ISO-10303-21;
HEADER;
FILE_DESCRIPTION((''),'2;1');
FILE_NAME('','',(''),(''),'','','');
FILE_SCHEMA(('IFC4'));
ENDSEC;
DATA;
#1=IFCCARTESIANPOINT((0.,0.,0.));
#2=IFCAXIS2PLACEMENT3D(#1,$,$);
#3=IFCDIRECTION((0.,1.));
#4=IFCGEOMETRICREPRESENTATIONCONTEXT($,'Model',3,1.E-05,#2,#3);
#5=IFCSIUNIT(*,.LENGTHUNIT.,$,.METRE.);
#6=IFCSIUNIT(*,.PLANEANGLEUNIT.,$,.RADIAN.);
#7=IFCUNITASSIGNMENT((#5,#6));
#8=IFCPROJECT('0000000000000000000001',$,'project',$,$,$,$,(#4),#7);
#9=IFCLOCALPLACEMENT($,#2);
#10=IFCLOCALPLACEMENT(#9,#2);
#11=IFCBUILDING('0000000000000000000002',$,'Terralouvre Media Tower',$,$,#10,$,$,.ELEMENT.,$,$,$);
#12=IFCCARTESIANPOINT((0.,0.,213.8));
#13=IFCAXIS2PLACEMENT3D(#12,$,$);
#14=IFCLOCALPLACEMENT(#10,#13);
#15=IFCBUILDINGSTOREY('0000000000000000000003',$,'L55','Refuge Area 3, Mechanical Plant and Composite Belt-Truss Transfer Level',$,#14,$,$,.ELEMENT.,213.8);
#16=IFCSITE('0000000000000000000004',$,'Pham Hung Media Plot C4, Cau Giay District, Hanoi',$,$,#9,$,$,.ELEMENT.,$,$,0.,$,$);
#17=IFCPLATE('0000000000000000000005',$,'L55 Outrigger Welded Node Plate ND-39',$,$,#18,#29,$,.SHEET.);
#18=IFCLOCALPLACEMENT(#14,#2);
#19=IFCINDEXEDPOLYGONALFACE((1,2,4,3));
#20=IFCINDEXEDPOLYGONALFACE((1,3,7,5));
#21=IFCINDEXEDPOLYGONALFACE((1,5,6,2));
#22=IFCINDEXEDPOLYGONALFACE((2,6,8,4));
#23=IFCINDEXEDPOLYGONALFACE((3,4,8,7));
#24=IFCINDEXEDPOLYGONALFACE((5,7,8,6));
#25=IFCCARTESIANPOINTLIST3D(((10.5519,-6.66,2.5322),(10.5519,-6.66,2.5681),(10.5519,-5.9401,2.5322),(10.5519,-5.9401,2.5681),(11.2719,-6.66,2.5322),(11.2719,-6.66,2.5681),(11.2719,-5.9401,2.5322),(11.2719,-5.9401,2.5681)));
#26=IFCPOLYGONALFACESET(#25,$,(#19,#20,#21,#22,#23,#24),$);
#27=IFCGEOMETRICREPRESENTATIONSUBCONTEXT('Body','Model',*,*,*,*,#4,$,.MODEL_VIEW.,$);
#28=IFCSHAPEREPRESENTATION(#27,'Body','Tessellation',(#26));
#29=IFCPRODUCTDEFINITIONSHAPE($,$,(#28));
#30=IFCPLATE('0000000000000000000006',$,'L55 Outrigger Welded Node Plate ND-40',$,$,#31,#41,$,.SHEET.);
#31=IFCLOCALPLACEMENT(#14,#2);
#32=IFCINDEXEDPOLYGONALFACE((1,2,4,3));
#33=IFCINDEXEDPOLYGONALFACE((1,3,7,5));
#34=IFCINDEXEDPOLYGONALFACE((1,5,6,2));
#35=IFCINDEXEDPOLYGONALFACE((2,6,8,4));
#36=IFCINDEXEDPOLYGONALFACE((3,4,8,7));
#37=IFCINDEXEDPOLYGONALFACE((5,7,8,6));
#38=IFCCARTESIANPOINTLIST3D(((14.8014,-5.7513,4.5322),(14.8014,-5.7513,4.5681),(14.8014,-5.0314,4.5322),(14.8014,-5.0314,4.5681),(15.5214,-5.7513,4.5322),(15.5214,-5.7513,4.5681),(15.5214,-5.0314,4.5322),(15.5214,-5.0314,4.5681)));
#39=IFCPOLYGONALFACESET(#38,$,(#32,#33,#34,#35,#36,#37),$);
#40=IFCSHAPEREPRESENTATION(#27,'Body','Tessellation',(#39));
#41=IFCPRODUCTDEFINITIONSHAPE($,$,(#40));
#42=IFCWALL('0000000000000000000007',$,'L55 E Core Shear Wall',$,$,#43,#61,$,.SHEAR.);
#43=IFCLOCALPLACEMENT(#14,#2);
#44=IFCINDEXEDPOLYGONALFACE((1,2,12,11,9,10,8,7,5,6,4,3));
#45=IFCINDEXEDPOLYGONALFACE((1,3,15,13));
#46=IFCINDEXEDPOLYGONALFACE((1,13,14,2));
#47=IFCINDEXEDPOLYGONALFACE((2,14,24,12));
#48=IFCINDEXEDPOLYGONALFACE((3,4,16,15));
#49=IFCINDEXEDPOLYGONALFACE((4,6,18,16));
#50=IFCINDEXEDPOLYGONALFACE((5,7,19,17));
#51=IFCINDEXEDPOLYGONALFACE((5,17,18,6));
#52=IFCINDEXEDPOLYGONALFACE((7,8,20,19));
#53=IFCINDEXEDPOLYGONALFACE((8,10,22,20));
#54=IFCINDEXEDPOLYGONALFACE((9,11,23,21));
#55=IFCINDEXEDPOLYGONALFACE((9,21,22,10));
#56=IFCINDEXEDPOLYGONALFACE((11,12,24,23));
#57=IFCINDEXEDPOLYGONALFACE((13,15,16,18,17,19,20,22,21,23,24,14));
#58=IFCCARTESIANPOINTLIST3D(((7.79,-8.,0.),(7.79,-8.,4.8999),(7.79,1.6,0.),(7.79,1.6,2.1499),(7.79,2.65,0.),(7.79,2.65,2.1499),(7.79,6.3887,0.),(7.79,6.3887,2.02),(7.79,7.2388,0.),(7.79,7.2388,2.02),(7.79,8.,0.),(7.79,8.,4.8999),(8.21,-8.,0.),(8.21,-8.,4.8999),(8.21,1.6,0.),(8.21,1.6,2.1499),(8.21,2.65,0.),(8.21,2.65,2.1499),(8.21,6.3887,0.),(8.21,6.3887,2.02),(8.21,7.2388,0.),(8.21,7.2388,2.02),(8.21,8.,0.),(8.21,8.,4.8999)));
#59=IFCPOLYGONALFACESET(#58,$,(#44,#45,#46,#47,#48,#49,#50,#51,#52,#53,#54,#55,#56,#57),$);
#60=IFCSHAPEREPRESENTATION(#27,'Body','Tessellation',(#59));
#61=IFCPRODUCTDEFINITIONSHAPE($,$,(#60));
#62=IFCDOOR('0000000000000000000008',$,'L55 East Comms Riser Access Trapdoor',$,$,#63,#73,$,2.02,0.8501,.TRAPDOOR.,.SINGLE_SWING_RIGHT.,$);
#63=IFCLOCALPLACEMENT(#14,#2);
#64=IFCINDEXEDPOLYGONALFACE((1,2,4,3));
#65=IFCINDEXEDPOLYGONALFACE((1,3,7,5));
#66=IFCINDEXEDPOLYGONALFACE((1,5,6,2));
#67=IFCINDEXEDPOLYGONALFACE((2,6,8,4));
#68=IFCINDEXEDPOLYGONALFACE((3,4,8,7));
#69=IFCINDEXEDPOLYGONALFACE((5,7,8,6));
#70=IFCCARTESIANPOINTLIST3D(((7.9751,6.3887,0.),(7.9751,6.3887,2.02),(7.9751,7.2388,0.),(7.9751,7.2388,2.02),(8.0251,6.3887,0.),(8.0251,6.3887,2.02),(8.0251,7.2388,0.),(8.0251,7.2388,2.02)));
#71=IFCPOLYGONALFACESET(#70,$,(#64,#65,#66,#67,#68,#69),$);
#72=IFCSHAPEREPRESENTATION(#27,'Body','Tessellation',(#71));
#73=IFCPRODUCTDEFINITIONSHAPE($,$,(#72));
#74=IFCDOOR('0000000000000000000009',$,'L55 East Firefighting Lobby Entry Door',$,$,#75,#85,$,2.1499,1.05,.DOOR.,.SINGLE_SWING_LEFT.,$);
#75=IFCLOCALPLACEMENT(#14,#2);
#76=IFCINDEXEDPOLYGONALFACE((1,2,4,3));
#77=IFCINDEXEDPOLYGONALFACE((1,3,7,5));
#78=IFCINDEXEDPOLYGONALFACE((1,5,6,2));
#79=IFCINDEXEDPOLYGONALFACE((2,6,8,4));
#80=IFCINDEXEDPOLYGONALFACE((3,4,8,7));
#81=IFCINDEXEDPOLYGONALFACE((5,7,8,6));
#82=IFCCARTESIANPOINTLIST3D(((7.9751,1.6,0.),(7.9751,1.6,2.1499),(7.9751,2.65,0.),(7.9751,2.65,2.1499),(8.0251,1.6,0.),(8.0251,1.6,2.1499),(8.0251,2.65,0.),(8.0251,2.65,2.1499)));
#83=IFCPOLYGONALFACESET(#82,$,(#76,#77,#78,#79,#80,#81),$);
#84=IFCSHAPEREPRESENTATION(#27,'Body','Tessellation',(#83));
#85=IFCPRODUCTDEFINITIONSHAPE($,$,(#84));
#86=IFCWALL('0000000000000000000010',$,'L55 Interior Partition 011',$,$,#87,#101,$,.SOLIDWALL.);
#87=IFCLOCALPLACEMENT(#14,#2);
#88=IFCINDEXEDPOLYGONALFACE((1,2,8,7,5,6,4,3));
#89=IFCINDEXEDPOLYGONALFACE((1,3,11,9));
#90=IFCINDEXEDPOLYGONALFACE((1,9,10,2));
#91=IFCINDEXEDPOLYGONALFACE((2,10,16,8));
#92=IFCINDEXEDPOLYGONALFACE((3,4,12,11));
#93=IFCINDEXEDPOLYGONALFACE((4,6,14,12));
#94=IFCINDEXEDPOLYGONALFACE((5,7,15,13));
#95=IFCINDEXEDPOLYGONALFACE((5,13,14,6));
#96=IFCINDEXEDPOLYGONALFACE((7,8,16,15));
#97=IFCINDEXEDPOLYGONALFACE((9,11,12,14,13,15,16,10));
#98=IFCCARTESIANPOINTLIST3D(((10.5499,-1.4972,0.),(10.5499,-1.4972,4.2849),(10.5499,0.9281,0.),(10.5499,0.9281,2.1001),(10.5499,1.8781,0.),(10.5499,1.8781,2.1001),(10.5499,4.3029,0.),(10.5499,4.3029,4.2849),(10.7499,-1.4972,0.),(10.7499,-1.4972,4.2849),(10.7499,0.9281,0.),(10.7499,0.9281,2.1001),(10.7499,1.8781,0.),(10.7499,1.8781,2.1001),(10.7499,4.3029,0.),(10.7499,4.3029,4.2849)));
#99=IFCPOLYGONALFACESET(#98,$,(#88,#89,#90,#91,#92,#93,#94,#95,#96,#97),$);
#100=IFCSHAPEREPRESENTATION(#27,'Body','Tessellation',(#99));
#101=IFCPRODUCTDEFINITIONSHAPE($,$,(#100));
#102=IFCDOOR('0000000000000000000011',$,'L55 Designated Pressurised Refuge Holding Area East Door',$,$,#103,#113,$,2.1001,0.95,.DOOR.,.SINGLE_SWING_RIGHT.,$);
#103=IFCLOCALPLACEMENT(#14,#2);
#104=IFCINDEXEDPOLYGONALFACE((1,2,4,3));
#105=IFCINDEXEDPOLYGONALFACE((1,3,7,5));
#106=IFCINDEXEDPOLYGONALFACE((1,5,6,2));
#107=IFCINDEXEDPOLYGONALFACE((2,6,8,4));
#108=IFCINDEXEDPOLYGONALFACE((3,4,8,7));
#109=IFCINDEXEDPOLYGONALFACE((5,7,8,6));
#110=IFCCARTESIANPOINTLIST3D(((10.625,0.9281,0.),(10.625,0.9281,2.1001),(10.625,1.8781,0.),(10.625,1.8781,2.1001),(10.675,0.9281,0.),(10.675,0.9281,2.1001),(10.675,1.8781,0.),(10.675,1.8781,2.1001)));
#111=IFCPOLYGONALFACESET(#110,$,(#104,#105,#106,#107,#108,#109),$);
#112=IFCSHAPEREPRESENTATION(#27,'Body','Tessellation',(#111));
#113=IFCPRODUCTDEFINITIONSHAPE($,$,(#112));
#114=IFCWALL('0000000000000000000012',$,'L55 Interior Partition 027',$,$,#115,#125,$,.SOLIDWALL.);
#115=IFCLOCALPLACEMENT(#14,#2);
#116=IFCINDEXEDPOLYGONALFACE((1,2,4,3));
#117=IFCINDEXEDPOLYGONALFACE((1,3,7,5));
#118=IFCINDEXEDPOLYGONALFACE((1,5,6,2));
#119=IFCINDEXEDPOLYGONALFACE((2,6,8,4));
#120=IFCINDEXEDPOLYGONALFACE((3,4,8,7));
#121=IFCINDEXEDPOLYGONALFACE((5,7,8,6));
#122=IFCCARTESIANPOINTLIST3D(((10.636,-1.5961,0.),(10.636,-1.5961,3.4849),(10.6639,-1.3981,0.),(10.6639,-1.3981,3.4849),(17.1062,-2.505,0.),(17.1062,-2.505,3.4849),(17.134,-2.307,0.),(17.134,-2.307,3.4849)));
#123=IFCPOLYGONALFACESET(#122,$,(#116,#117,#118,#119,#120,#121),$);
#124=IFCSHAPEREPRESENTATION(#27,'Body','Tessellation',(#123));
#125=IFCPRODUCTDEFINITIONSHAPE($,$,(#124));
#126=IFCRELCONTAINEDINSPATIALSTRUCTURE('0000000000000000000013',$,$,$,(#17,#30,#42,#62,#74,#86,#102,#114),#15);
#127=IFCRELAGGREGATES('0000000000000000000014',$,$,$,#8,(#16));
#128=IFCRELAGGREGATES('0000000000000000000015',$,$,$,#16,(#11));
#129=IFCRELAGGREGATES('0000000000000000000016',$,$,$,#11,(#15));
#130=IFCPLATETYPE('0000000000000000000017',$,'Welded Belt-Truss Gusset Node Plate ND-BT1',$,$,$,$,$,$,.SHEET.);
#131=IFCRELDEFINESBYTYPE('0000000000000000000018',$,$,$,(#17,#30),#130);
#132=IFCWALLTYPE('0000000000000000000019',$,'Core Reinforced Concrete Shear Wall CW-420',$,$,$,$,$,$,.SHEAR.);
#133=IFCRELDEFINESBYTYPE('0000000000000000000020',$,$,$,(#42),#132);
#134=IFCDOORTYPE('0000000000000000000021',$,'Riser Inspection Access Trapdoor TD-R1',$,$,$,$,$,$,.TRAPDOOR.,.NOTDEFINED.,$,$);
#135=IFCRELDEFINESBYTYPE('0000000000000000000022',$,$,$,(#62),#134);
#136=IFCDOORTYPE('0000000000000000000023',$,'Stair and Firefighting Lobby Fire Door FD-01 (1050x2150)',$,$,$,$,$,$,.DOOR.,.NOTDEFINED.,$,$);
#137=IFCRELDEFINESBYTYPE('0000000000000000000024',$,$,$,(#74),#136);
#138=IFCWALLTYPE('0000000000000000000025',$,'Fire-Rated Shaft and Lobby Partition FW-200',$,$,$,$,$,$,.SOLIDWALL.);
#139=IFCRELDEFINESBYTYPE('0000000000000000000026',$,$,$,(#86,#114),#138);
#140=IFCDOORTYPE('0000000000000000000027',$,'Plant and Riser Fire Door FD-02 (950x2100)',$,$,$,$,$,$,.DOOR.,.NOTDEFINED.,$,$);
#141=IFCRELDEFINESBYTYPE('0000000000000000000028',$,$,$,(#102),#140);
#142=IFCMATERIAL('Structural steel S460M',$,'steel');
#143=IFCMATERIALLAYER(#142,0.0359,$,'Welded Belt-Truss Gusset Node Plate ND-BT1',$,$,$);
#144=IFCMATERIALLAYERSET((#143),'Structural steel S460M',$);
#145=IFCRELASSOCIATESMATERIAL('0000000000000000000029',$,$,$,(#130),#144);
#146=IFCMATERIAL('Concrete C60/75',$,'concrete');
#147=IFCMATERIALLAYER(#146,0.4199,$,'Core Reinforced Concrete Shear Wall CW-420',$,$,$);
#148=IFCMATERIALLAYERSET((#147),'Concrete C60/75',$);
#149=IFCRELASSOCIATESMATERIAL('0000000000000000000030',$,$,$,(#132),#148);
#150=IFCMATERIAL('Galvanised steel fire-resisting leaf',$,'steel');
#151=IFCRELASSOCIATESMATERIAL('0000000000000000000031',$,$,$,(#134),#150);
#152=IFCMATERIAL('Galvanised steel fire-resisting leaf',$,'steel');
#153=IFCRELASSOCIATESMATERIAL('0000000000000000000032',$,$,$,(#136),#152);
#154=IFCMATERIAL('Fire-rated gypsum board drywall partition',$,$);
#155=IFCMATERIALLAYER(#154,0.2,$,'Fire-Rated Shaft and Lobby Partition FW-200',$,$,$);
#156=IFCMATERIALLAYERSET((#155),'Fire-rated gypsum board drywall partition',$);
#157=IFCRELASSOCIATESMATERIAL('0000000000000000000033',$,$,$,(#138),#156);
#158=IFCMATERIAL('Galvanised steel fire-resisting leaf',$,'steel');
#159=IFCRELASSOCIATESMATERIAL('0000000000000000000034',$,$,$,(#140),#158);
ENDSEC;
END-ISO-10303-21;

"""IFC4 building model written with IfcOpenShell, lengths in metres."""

from ifc_helpers import new_model, si_unit, direction, frame, frame_2d, origin, origin_2d, place, context, subcontext, project, spatial, rectangle, extrude, material, layer, layer_set, type_object, element, fill, save


model = new_model("IFC4")

# Units and contexts
model_context = context("Model", 3, precision=1e-05, world=origin(), true_north=direction((0.0, 1.0)))
body_context = subcontext(model_context, "Body", "Model", "MODEL_VIEW")
ifc_project = project(units=[si_unit("LENGTHUNIT", "METRE"), si_unit("PLANEANGLEUNIT", "RADIAN")], contexts=[model_context])

# Site, building, storey
site_placement = place(None, origin())
site = spatial("IfcSite", under=ifc_project, at=site_placement, Name="Pham Hung Media Plot C4, Cau Giay District, Hanoi", CompositionType="ELEMENT", RefElevation=0.0)
building_placement = place(site_placement, origin())
building = spatial("IfcBuilding", under=site, at=building_placement, Name="Terralouvre Media Tower", CompositionType="ELEMENT")
storey_placement = place(building_placement, frame((0.0, 0.0, 213.8)))
storey = spatial("IfcBuildingStorey", under=building, at=storey_placement, Name="L55", Description="Refuge Area 3, Mechanical Plant and Composite Belt-Truss Transfer Level", CompositionType="ELEMENT", Elevation=213.8)

# Plates
ifc_material_1 = material(Name="Structural steel S460M", Category="steel")
ifc_layer_1 = layer(ifc_material_1, 0.0359, Name="Welded Belt-Truss Gusset Node Plate ND-BT1")
ifc_layer_set_1 = layer_set([ifc_layer_1], Name="Structural steel S460M")
plate_type = type_object("IfcPlateType", Name="Welded Belt-Truss Gusset Node Plate ND-BT1", PredefinedType="SHEET", material=ifc_layer_set_1)
for number, where, z_axis, x_axis, name in (
    (1, (10.9119, -6.3, 2.5322), (0.0, 0.0, 1.0), (1.0, 0.0, 0.0), "L55 Outrigger Welded Node Plate ND-39"),
    (2, (15.1614, -5.3914, 4.5322), (0.0, 0.0, 1.0), (1.0, 0.0, 0.0), "L55 Outrigger Welded Node Plate ND-40"),
):
    element("IfcPlate", number, at=place(storey_placement, frame(where, z_axis=z_axis, x_axis=x_axis)), inside=storey, type_object=plate_type, Name=name, PredefinedType="SHEET", context=body_context, shape_type="SweptSolid", body=[
        extrude(rectangle(XDim=0.72, YDim=0.72, at=origin_2d()), origin(), (0.0, 0.0, 1.0), 0.0359),
    ])

# Wall, openings, doors
ifc_material_2 = material(Name="Concrete C60/75", Category="concrete")
ifc_layer_2 = layer(ifc_material_2, 0.4199, Name="Core Reinforced Concrete Shear Wall CW-420")
ifc_layer_set_2 = layer_set([ifc_layer_2], Name="Concrete C60/75")
wall_type_1 = type_object("IfcWallType", Name="Core Reinforced Concrete Shear Wall CW-420", PredefinedType="SHEAR", material=ifc_layer_set_2)
wall_1_placement = place(storey_placement, frame((8.0, -8.0, 0.0), z_axis=(0.0, 0.0, 1.0), x_axis=(0.0, 1.0, 0.0)))
wall_1 = element("IfcWall", 3, at=wall_1_placement, inside=storey, type_object=wall_type_1, Name="L55 E Core Shear Wall", PredefinedType="SHEAR", context=body_context, shape_type="SweptSolid", body=[
    extrude(rectangle(XDim=16.0, YDim=0.4199, at=frame_2d((8.0, 0.0))), origin(), (0.0, 0.0, 1.0), 4.8999),
])
opening_1_placement = place(wall_1_placement, frame((9.6001, 0.0, 0.0)))
opening_1 = element("IfcOpeningElement", 4, at=opening_1_placement, cuts=wall_1, PredefinedType="OPENING", context=body_context, shape_type="SweptSolid", body=[
    extrude(rectangle(XDim=1.05, YDim=2.1499, at=frame_2d((0.5249, 1.075))), frame((0.0, 0.22, 0.0), z_axis=(0.0, -1.0, 0.0), x_axis=(1.0, 0.0, 0.0)), (0.0, 0.0, 1.0), 0.4399),
])
opening_2_placement = place(wall_1_placement, frame((14.3887, 0.0, 0.0)))
opening_2 = element("IfcOpeningElement", 5, at=opening_2_placement, cuts=wall_1, PredefinedType="OPENING", context=body_context, shape_type="SweptSolid", body=[
    extrude(rectangle(XDim=0.8501, YDim=2.02, at=frame_2d((0.425, 1.01))), frame((0.0, 0.22, 0.0), z_axis=(0.0, -1.0, 0.0), x_axis=(1.0, 0.0, 0.0)), (0.0, 0.0, 1.0), 0.4399),
])
ifc_material_3 = material(Name="Galvanised steel fire-resisting leaf", Category="steel")
door_type_1 = type_object("IfcDoorType", Name="Riser Inspection Access Trapdoor TD-R1", OperationType="NOTDEFINED", PredefinedType="TRAPDOOR", material=ifc_material_3)
door_1_placement = place(opening_2_placement, origin())
door_1 = element("IfcDoor", 6, at=door_1_placement, inside=storey, type_object=door_type_1, Name="L55 East Comms Riser Access Trapdoor", OperationType="SINGLE_SWING_RIGHT", OverallHeight=2.02, OverallWidth=0.8501, PredefinedType="TRAPDOOR", context=body_context, shape_type="SweptSolid", body=[
    extrude(rectangle(XDim=0.8501, YDim=2.02, at=frame_2d((0.425, 1.01))), frame((0.0, 0.0249, 0.0), z_axis=(0.0, -1.0, 0.0), x_axis=(1.0, 0.0, 0.0)), (0.0, 0.0, 1.0), 0.05),
])
fill(opening_2, door_1)
ifc_material_4 = material(Name="Galvanised steel fire-resisting leaf", Category="steel")
door_type_2 = type_object("IfcDoorType", Name="Stair and Firefighting Lobby Fire Door FD-01 (1050x2150)", OperationType="NOTDEFINED", PredefinedType="DOOR", material=ifc_material_4)
door_2_placement = place(opening_1_placement, origin())
door_2 = element("IfcDoor", 7, at=door_2_placement, inside=storey, type_object=door_type_2, Name="L55 East Firefighting Lobby Entry Door", OperationType="SINGLE_SWING_LEFT", OverallHeight=2.1499, OverallWidth=1.05, PredefinedType="DOOR", context=body_context, shape_type="SweptSolid", body=[
    extrude(rectangle(XDim=1.05, YDim=2.1499, at=frame_2d((0.5249, 1.075))), frame((0.0, 0.0249, 0.0), z_axis=(0.0, -1.0, 0.0), x_axis=(1.0, 0.0, 0.0)), (0.0, 0.0, 1.0), 0.05),
])
fill(opening_1, door_2)

# Wall, opening, door
ifc_material_5 = material(Name="Fire-rated gypsum board drywall partition")
ifc_layer_3 = layer(ifc_material_5, 0.2, Name="Fire-Rated Shaft and Lobby Partition FW-200")
ifc_layer_set_3 = layer_set([ifc_layer_3], Name="Fire-rated gypsum board drywall partition")
wall_type_2 = type_object("IfcWallType", Name="Fire-Rated Shaft and Lobby Partition FW-200", PredefinedType="SOLIDWALL", material=ifc_layer_set_3)
wall_2_placement = place(storey_placement, frame((10.6499, -1.4971, 0.0), z_axis=(0.0, 0.0, 1.0), x_axis=(0.0, 1.0, 0.0)))
wall_2 = element("IfcWall", 8, at=wall_2_placement, inside=storey, type_object=wall_type_2, Name="L55 Interior Partition 011", PredefinedType="SOLIDWALL", context=body_context, shape_type="SweptSolid", body=[
    extrude(rectangle(XDim=5.8, YDim=0.2, at=frame_2d((2.8999, 0.0))), origin(), (0.0, 0.0, 1.0), 4.2849),
])
opening_3_placement = place(wall_2_placement, frame((2.425, 0.0, 0.0)))
opening_3 = element("IfcOpeningElement", 9, at=opening_3_placement, cuts=wall_2, PredefinedType="OPENING", context=body_context, shape_type="SweptSolid", body=[
    extrude(rectangle(XDim=0.95, YDim=2.1001, at=frame_2d((0.4751, 1.05))), frame((0.0, 0.1099, 0.0), z_axis=(0.0, -1.0, 0.0), x_axis=(1.0, 0.0, 0.0)), (0.0, 0.0, 1.0), 0.22),
])
ifc_material_6 = material(Name="Galvanised steel fire-resisting leaf", Category="steel")
door_type_3 = type_object("IfcDoorType", Name="Plant and Riser Fire Door FD-02 (950x2100)", OperationType="NOTDEFINED", PredefinedType="DOOR", material=ifc_material_6)
door_3_placement = place(opening_3_placement, origin())
door_3 = element("IfcDoor", 10, at=door_3_placement, inside=storey, type_object=door_type_3, Name="L55 Designated Pressurised Refuge Holding Area East Door", OperationType="SINGLE_SWING_RIGHT", OverallHeight=2.1001, OverallWidth=0.95, PredefinedType="DOOR", context=body_context, shape_type="SweptSolid", body=[
    extrude(rectangle(XDim=0.95, YDim=2.1001, at=frame_2d((0.4751, 1.05))), frame((0.0, 0.0249, 0.0), z_axis=(0.0, -1.0, 0.0), x_axis=(1.0, 0.0, 0.0)), (0.0, 0.0, 1.0), 0.05),
])
fill(opening_3, door_3)

# Wall
wall_3_placement = place(storey_placement, frame((17.1201, -2.406, 0.0), z_axis=(0.0, 0.0, 1.0), x_axis=(-0.990276, 0.139114, 0.0)))
element("IfcWall", 11, at=wall_3_placement, inside=storey, type_object=wall_type_2, Name="L55 Interior Partition 027", PredefinedType="SOLIDWALL", context=body_context, shape_type="SweptSolid", body=[
    extrude(rectangle(XDim=6.5337, YDim=0.2, at=frame_2d((3.2668, 0.0))), origin(), (0.0, 0.0, 1.0), 3.4849),
])

save(model, "model.ifc")
